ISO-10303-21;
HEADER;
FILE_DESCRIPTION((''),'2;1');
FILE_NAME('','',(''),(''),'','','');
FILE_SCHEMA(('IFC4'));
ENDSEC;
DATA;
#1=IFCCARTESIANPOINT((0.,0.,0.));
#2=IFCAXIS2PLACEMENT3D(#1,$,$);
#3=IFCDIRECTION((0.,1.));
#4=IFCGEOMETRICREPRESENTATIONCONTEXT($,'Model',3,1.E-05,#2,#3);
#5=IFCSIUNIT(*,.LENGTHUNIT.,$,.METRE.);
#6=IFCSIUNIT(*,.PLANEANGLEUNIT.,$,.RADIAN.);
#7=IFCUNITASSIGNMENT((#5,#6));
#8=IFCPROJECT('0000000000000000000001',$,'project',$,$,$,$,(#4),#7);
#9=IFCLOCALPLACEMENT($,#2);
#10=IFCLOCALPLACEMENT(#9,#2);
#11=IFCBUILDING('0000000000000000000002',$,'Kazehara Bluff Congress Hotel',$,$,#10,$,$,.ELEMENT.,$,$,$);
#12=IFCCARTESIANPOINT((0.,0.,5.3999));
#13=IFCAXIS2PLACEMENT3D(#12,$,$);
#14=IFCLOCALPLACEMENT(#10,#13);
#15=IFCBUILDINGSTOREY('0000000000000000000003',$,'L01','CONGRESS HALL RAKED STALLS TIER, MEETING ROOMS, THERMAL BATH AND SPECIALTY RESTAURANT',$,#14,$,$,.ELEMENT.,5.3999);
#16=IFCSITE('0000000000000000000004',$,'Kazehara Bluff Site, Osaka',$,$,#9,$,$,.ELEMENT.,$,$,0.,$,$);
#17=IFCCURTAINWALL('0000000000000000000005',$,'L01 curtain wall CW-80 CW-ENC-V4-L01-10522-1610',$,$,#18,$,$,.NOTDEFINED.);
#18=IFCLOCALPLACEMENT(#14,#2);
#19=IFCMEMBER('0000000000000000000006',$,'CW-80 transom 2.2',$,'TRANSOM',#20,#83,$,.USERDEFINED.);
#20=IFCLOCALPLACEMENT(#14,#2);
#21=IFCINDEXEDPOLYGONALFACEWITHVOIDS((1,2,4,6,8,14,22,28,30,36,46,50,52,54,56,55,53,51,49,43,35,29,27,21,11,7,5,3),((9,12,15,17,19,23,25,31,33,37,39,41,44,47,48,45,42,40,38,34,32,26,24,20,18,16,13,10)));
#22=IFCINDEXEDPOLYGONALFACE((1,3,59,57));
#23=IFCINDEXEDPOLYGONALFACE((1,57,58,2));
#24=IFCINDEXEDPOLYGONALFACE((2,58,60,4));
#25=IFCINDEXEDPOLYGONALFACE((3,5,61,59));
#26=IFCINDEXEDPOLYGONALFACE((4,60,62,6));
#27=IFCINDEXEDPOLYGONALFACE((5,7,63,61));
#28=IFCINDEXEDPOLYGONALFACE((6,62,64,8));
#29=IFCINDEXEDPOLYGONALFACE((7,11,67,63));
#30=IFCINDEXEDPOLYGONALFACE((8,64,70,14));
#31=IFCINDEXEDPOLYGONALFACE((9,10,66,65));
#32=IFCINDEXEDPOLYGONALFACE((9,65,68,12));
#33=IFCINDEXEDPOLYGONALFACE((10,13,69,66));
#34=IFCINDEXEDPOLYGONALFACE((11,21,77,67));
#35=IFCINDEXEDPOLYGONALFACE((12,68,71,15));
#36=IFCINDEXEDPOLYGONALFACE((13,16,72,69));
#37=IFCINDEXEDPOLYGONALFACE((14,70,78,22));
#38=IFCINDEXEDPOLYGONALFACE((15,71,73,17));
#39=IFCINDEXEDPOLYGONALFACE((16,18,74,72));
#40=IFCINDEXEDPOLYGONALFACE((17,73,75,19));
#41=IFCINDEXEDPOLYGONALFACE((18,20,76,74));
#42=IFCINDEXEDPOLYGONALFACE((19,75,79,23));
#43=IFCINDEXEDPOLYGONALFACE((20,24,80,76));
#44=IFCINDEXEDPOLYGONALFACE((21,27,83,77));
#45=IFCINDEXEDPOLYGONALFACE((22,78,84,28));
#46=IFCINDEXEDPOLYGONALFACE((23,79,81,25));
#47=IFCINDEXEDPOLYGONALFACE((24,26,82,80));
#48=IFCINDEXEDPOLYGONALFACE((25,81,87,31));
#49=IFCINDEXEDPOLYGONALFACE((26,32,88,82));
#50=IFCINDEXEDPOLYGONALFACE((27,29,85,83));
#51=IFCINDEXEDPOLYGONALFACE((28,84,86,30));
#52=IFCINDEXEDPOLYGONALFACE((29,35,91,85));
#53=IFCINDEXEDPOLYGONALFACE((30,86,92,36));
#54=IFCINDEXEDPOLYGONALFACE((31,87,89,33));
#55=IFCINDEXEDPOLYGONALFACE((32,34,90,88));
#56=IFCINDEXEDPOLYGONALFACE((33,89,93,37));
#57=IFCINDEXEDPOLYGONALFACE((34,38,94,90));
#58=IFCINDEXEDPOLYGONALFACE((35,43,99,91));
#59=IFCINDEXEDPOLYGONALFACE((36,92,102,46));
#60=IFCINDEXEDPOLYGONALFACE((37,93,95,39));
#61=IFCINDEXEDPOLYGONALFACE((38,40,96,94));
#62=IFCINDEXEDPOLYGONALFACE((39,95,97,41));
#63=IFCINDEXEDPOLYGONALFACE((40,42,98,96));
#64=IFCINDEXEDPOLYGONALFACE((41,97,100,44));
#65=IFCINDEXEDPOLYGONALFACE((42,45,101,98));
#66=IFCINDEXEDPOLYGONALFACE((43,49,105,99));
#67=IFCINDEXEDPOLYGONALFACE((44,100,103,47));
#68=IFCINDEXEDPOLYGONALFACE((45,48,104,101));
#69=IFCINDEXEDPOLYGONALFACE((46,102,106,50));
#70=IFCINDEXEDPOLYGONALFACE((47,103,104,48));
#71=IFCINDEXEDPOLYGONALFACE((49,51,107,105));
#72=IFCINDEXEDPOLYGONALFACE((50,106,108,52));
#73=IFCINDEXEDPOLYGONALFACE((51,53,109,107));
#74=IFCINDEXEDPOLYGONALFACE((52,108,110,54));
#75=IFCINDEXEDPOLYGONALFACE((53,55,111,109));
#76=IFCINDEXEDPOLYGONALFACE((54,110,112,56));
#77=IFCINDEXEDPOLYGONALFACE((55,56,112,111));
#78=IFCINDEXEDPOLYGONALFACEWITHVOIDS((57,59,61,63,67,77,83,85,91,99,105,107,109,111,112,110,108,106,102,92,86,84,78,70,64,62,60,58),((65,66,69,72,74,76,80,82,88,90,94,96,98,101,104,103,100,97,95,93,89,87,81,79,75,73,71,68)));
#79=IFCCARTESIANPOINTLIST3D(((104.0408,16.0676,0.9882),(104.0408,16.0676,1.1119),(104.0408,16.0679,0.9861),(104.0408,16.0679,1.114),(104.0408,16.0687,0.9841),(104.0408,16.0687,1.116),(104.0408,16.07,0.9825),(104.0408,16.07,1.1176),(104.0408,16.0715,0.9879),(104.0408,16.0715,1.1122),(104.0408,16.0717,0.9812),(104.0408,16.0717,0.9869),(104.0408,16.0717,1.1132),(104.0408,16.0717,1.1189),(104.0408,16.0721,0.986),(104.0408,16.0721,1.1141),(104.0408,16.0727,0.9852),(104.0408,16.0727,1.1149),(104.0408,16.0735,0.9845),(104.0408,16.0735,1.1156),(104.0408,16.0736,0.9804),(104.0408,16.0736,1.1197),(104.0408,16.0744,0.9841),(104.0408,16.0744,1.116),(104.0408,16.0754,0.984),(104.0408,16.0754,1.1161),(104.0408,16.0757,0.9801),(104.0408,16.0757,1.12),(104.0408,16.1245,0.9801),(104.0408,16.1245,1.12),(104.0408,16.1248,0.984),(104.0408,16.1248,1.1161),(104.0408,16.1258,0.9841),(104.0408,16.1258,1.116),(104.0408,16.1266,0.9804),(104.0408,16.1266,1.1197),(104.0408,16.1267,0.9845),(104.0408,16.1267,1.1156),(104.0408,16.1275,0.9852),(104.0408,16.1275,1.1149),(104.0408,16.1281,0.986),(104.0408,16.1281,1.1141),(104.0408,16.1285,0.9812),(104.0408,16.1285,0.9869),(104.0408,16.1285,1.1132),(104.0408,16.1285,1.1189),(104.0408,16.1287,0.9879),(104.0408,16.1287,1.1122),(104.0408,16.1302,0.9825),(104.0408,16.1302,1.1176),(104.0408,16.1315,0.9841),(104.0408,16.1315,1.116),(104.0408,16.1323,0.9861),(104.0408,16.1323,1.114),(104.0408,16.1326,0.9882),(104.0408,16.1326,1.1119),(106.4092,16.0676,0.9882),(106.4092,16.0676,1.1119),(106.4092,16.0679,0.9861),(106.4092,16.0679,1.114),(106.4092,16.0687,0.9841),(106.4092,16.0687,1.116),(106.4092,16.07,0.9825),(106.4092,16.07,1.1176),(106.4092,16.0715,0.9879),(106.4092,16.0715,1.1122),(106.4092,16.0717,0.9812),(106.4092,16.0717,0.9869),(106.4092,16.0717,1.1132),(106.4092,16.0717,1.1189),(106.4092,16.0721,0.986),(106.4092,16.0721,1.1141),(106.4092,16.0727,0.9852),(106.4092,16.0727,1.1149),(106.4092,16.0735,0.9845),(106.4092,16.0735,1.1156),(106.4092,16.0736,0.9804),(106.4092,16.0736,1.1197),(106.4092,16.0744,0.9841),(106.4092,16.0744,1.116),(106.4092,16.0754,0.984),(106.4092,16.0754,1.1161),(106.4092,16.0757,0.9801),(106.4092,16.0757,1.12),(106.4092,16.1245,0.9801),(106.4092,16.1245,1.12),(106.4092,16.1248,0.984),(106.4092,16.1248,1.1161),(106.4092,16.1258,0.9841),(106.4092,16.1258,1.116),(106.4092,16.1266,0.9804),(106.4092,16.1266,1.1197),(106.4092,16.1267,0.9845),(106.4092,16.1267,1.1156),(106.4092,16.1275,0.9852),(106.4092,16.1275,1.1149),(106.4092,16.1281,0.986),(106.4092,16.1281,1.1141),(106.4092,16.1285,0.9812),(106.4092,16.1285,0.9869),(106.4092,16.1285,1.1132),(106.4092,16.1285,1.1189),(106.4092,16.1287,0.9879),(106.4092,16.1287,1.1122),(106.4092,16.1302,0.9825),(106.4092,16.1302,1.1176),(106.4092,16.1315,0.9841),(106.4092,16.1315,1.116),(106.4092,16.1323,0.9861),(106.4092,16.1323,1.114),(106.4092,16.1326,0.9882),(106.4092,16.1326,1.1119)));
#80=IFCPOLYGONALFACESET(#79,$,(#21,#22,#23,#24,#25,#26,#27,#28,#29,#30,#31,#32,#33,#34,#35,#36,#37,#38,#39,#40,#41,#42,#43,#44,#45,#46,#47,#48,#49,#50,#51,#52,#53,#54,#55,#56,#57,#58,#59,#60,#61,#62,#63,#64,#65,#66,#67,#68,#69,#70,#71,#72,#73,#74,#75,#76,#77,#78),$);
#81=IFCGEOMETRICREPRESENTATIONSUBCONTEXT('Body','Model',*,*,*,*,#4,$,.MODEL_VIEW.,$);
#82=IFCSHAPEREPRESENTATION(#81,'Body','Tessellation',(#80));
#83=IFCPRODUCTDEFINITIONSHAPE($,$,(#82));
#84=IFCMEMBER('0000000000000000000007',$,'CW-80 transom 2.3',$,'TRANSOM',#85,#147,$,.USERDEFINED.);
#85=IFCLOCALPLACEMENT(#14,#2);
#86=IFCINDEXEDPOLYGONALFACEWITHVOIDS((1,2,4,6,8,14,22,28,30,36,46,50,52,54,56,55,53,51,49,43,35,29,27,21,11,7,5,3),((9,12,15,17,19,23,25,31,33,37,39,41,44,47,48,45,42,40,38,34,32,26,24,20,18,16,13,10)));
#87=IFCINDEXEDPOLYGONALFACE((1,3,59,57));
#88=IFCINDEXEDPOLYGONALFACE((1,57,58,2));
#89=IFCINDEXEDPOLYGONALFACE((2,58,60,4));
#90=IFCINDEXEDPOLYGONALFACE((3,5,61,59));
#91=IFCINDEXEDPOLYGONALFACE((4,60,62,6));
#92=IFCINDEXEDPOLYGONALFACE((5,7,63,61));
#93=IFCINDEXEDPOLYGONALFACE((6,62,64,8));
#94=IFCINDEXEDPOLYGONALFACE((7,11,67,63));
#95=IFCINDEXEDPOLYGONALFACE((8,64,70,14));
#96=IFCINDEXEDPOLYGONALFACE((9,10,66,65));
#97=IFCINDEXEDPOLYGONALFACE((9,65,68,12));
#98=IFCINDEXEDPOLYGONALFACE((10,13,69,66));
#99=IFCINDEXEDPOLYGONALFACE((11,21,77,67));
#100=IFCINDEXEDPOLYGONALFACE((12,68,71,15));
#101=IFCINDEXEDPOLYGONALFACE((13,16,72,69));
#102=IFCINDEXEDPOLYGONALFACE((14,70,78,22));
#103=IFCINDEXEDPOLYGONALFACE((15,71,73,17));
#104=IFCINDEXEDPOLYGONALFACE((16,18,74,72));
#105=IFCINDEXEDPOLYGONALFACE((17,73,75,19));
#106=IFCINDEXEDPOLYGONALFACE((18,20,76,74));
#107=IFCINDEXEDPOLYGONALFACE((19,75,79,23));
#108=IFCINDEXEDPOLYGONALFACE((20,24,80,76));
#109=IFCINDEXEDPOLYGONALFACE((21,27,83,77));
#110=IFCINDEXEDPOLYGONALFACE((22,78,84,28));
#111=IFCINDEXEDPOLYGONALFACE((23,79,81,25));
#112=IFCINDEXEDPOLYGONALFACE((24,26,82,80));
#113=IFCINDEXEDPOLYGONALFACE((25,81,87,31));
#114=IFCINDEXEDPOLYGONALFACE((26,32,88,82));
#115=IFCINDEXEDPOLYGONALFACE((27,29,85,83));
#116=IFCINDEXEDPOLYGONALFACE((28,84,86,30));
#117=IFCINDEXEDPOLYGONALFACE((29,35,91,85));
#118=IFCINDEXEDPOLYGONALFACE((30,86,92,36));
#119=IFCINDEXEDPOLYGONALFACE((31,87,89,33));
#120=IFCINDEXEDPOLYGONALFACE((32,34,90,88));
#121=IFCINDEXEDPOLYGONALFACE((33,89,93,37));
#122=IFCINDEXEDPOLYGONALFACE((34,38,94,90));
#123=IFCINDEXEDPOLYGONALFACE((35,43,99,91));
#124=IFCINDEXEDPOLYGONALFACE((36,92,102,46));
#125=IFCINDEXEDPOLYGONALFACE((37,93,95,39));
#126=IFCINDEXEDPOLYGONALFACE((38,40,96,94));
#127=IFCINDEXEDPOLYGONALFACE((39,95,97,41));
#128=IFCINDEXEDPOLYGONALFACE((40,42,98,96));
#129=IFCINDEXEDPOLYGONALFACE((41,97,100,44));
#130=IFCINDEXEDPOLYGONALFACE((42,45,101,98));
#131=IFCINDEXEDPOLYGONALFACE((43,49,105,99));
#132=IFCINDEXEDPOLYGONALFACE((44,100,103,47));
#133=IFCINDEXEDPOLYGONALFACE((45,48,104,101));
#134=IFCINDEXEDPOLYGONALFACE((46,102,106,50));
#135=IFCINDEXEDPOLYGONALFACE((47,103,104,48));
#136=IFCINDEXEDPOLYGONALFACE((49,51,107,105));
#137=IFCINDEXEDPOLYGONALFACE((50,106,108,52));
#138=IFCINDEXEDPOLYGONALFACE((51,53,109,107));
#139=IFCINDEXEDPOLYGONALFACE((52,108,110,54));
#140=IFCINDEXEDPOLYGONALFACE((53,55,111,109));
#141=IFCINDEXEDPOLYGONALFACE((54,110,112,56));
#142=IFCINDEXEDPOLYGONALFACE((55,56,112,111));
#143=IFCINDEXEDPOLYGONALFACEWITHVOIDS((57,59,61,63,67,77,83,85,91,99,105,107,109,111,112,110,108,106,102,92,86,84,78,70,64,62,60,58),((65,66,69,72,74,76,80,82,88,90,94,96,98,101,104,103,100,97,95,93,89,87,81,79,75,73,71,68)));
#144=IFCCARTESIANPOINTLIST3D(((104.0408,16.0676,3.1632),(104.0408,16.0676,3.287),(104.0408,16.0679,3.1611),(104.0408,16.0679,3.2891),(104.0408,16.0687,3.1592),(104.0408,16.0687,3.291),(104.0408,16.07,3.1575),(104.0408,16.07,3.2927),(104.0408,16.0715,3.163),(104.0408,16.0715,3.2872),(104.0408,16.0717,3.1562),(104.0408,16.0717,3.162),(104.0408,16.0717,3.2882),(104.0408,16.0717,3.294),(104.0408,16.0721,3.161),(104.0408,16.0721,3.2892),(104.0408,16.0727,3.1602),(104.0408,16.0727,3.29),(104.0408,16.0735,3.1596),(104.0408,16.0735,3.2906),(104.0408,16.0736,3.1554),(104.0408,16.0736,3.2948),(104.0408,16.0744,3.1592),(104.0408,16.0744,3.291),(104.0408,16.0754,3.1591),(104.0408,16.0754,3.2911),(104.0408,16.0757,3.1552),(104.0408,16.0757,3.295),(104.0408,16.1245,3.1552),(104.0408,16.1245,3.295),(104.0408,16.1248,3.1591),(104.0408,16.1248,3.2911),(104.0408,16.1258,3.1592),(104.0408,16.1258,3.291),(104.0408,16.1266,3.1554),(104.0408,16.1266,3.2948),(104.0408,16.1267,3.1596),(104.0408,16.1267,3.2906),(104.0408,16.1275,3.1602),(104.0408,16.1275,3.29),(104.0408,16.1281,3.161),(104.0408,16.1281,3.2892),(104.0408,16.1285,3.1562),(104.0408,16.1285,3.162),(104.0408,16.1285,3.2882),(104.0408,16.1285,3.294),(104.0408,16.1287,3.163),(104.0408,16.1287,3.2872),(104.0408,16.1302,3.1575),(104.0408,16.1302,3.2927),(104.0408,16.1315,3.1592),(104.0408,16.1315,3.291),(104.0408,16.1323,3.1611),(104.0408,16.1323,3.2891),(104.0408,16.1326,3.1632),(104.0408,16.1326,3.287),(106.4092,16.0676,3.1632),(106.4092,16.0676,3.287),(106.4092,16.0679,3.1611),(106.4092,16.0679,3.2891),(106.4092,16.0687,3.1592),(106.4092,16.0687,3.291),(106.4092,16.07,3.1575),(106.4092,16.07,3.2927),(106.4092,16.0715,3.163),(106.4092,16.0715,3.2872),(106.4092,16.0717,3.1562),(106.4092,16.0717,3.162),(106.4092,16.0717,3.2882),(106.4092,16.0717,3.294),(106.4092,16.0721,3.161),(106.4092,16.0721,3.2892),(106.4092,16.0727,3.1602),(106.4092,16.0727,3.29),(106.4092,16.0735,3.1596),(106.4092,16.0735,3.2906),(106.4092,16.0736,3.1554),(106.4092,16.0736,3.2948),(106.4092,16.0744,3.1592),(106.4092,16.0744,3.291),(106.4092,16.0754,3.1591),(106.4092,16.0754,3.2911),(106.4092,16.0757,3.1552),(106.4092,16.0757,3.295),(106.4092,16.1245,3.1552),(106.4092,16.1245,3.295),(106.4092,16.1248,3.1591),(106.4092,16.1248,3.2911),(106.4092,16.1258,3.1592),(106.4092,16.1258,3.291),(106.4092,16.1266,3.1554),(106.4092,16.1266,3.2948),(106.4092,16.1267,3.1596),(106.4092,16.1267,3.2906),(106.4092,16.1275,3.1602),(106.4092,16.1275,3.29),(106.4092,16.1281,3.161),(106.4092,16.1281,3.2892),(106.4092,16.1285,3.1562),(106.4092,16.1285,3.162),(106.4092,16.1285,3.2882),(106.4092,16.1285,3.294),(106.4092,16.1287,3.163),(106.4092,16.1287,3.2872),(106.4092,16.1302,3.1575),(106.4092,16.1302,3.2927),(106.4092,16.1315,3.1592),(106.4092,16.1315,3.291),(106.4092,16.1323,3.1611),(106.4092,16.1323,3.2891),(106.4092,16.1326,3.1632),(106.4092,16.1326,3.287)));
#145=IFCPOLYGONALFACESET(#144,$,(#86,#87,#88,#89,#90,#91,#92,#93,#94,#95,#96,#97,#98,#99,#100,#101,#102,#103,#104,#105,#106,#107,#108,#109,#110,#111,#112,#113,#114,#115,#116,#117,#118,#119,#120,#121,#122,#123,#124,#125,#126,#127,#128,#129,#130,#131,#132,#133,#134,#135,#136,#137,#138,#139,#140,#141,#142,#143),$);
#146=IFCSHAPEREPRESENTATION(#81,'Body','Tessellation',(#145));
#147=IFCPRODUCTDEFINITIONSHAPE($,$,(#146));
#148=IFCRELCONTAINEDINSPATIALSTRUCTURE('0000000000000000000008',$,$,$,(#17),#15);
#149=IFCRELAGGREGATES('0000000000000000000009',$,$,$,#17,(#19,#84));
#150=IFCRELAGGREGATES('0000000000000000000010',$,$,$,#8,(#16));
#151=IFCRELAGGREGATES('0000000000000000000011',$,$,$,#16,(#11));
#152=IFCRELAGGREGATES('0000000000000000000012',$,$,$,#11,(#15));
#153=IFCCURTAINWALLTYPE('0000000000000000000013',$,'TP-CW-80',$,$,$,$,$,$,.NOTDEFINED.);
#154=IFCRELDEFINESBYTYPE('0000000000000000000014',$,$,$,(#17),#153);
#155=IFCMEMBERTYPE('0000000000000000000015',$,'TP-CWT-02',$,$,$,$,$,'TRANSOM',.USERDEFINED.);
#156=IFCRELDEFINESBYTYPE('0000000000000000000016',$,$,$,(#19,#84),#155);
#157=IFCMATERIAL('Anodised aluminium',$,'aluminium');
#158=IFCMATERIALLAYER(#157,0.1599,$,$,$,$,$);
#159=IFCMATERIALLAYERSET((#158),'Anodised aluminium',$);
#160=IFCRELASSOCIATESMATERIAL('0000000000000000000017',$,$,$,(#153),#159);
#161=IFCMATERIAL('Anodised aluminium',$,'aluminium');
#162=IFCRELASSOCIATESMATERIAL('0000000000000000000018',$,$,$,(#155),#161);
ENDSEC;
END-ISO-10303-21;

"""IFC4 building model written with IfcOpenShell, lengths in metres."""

from ifc_helpers import new_model, si_unit, direction, frame, origin, origin_2d, place, context, subcontext, project, spatial, hollow_rectangle, extrude, material, layer, layer_set, material_profile, profile_set, type_object, element, aggregate, save


model = new_model("IFC4")

# Units and contexts
model_context = context("Model", 3, precision=1e-05, world=origin(), true_north=direction((0.0, 1.0)))
body_context = subcontext(model_context, "Body", "Model", "MODEL_VIEW")
ifc_project = project(units=[si_unit("LENGTHUNIT", "METRE"), si_unit("PLANEANGLEUNIT", "RADIAN")], contexts=[model_context])

# Site, building, storey
site_placement = place(None, origin())
site = spatial("IfcSite", under=ifc_project, at=site_placement, Name="Kazehara Bluff Site, Osaka", CompositionType="ELEMENT", RefElevation=0.0)
building_placement = place(site_placement, origin())
building = spatial("IfcBuilding", under=site, at=building_placement, Name="Kazehara Bluff Congress Hotel", CompositionType="ELEMENT")
storey_placement = place(building_placement, frame((0.0, 0.0, 5.3999)))
storey = spatial("IfcBuildingStorey", under=building, at=storey_placement, Name="L01", Description="CONGRESS HALL RAKED STALLS TIER, MEETING ROOMS, THERMAL BATH AND SPECIALTY RESTAURANT", CompositionType="ELEMENT", Elevation=5.3999)

# Curtain wall, members
ifc_material_1 = material(Name="Anodised aluminium", Category="aluminium")
ifc_layer_1 = layer(ifc_material_1, 0.1599)
ifc_layer_set_1 = layer_set([ifc_layer_1], Name="Anodised aluminium")
curtain_wall_type = type_object("IfcCurtainWallType", Name="TP-CW-80", PredefinedType="NOTDEFINED", material=ifc_layer_set_1)
curtain_wall_placement = place(storey_placement, origin())
curtain_wall = element("IfcCurtainWall", 1, at=curtain_wall_placement, inside=storey, type_object=curtain_wall_type, Name="L01 curtain wall CW-80 CW-ENC-V4-L01-10522-1610", PredefinedType="NOTDEFINED")
ifc_material_2 = material(Name="Anodised aluminium", Category="aluminium")
ifc_material_profile_1 = material_profile(ifc_material_2, hollow_rectangle(XDim=0.0649, YDim=0.1399, WallThickness=0.0039, InnerFilletRadius=0.0039, OuterFilletRadius=0.0081, at=origin_2d()))
ifc_profile_set_1 = profile_set([ifc_material_profile_1], Name="Anodised aluminium")
member_type_1 = type_object("IfcMemberType", Name="TP-CWT-02", ElementType="TRANSOM", PredefinedType="USERDEFINED", material=ifc_profile_set_1)
member_1_placement = place(storey_placement, frame((106.4092, 16.1001, 1.05), z_axis=(-1.0, 0.0, 0.0), x_axis=(0.0, -1.0, 0.0)))
member_1 = element("IfcMember", 2, at=member_1_placement, type_object=member_type_1, Name="CW-80 transom 2.2", ObjectType="TRANSOM", PredefinedType="USERDEFINED", context=body_context, shape_type="SweptSolid", body=[
    extrude(hollow_rectangle(XDim=0.0649, YDim=0.1399, WallThickness=0.0039, InnerFilletRadius=0.0039, OuterFilletRadius=0.0081, at=origin_2d()), origin(), (0.0, 0.0, 1.0), 2.3684),
])
member_2_placement = place(storey_placement, frame((106.4092, 16.1001, 3.2251), z_axis=(-1.0, 0.0, 0.0), x_axis=(0.0, -1.0, 0.0)))
member_2 = element("IfcMember", 3, at=member_2_placement, type_object=member_type_1, Name="CW-80 transom 2.3", ObjectType="TRANSOM", PredefinedType="USERDEFINED", context=body_context, shape_type="SweptSolid", body=[
    extrude(hollow_rectangle(XDim=0.0649, YDim=0.1399, WallThickness=0.0039, InnerFilletRadius=0.0039, OuterFilletRadius=0.0081, at=origin_2d()), origin(), (0.0, 0.0, 1.0), 2.3684),
])

aggregate(curtain_wall, [member_1, member_2])

save(model, "model.ifc")
